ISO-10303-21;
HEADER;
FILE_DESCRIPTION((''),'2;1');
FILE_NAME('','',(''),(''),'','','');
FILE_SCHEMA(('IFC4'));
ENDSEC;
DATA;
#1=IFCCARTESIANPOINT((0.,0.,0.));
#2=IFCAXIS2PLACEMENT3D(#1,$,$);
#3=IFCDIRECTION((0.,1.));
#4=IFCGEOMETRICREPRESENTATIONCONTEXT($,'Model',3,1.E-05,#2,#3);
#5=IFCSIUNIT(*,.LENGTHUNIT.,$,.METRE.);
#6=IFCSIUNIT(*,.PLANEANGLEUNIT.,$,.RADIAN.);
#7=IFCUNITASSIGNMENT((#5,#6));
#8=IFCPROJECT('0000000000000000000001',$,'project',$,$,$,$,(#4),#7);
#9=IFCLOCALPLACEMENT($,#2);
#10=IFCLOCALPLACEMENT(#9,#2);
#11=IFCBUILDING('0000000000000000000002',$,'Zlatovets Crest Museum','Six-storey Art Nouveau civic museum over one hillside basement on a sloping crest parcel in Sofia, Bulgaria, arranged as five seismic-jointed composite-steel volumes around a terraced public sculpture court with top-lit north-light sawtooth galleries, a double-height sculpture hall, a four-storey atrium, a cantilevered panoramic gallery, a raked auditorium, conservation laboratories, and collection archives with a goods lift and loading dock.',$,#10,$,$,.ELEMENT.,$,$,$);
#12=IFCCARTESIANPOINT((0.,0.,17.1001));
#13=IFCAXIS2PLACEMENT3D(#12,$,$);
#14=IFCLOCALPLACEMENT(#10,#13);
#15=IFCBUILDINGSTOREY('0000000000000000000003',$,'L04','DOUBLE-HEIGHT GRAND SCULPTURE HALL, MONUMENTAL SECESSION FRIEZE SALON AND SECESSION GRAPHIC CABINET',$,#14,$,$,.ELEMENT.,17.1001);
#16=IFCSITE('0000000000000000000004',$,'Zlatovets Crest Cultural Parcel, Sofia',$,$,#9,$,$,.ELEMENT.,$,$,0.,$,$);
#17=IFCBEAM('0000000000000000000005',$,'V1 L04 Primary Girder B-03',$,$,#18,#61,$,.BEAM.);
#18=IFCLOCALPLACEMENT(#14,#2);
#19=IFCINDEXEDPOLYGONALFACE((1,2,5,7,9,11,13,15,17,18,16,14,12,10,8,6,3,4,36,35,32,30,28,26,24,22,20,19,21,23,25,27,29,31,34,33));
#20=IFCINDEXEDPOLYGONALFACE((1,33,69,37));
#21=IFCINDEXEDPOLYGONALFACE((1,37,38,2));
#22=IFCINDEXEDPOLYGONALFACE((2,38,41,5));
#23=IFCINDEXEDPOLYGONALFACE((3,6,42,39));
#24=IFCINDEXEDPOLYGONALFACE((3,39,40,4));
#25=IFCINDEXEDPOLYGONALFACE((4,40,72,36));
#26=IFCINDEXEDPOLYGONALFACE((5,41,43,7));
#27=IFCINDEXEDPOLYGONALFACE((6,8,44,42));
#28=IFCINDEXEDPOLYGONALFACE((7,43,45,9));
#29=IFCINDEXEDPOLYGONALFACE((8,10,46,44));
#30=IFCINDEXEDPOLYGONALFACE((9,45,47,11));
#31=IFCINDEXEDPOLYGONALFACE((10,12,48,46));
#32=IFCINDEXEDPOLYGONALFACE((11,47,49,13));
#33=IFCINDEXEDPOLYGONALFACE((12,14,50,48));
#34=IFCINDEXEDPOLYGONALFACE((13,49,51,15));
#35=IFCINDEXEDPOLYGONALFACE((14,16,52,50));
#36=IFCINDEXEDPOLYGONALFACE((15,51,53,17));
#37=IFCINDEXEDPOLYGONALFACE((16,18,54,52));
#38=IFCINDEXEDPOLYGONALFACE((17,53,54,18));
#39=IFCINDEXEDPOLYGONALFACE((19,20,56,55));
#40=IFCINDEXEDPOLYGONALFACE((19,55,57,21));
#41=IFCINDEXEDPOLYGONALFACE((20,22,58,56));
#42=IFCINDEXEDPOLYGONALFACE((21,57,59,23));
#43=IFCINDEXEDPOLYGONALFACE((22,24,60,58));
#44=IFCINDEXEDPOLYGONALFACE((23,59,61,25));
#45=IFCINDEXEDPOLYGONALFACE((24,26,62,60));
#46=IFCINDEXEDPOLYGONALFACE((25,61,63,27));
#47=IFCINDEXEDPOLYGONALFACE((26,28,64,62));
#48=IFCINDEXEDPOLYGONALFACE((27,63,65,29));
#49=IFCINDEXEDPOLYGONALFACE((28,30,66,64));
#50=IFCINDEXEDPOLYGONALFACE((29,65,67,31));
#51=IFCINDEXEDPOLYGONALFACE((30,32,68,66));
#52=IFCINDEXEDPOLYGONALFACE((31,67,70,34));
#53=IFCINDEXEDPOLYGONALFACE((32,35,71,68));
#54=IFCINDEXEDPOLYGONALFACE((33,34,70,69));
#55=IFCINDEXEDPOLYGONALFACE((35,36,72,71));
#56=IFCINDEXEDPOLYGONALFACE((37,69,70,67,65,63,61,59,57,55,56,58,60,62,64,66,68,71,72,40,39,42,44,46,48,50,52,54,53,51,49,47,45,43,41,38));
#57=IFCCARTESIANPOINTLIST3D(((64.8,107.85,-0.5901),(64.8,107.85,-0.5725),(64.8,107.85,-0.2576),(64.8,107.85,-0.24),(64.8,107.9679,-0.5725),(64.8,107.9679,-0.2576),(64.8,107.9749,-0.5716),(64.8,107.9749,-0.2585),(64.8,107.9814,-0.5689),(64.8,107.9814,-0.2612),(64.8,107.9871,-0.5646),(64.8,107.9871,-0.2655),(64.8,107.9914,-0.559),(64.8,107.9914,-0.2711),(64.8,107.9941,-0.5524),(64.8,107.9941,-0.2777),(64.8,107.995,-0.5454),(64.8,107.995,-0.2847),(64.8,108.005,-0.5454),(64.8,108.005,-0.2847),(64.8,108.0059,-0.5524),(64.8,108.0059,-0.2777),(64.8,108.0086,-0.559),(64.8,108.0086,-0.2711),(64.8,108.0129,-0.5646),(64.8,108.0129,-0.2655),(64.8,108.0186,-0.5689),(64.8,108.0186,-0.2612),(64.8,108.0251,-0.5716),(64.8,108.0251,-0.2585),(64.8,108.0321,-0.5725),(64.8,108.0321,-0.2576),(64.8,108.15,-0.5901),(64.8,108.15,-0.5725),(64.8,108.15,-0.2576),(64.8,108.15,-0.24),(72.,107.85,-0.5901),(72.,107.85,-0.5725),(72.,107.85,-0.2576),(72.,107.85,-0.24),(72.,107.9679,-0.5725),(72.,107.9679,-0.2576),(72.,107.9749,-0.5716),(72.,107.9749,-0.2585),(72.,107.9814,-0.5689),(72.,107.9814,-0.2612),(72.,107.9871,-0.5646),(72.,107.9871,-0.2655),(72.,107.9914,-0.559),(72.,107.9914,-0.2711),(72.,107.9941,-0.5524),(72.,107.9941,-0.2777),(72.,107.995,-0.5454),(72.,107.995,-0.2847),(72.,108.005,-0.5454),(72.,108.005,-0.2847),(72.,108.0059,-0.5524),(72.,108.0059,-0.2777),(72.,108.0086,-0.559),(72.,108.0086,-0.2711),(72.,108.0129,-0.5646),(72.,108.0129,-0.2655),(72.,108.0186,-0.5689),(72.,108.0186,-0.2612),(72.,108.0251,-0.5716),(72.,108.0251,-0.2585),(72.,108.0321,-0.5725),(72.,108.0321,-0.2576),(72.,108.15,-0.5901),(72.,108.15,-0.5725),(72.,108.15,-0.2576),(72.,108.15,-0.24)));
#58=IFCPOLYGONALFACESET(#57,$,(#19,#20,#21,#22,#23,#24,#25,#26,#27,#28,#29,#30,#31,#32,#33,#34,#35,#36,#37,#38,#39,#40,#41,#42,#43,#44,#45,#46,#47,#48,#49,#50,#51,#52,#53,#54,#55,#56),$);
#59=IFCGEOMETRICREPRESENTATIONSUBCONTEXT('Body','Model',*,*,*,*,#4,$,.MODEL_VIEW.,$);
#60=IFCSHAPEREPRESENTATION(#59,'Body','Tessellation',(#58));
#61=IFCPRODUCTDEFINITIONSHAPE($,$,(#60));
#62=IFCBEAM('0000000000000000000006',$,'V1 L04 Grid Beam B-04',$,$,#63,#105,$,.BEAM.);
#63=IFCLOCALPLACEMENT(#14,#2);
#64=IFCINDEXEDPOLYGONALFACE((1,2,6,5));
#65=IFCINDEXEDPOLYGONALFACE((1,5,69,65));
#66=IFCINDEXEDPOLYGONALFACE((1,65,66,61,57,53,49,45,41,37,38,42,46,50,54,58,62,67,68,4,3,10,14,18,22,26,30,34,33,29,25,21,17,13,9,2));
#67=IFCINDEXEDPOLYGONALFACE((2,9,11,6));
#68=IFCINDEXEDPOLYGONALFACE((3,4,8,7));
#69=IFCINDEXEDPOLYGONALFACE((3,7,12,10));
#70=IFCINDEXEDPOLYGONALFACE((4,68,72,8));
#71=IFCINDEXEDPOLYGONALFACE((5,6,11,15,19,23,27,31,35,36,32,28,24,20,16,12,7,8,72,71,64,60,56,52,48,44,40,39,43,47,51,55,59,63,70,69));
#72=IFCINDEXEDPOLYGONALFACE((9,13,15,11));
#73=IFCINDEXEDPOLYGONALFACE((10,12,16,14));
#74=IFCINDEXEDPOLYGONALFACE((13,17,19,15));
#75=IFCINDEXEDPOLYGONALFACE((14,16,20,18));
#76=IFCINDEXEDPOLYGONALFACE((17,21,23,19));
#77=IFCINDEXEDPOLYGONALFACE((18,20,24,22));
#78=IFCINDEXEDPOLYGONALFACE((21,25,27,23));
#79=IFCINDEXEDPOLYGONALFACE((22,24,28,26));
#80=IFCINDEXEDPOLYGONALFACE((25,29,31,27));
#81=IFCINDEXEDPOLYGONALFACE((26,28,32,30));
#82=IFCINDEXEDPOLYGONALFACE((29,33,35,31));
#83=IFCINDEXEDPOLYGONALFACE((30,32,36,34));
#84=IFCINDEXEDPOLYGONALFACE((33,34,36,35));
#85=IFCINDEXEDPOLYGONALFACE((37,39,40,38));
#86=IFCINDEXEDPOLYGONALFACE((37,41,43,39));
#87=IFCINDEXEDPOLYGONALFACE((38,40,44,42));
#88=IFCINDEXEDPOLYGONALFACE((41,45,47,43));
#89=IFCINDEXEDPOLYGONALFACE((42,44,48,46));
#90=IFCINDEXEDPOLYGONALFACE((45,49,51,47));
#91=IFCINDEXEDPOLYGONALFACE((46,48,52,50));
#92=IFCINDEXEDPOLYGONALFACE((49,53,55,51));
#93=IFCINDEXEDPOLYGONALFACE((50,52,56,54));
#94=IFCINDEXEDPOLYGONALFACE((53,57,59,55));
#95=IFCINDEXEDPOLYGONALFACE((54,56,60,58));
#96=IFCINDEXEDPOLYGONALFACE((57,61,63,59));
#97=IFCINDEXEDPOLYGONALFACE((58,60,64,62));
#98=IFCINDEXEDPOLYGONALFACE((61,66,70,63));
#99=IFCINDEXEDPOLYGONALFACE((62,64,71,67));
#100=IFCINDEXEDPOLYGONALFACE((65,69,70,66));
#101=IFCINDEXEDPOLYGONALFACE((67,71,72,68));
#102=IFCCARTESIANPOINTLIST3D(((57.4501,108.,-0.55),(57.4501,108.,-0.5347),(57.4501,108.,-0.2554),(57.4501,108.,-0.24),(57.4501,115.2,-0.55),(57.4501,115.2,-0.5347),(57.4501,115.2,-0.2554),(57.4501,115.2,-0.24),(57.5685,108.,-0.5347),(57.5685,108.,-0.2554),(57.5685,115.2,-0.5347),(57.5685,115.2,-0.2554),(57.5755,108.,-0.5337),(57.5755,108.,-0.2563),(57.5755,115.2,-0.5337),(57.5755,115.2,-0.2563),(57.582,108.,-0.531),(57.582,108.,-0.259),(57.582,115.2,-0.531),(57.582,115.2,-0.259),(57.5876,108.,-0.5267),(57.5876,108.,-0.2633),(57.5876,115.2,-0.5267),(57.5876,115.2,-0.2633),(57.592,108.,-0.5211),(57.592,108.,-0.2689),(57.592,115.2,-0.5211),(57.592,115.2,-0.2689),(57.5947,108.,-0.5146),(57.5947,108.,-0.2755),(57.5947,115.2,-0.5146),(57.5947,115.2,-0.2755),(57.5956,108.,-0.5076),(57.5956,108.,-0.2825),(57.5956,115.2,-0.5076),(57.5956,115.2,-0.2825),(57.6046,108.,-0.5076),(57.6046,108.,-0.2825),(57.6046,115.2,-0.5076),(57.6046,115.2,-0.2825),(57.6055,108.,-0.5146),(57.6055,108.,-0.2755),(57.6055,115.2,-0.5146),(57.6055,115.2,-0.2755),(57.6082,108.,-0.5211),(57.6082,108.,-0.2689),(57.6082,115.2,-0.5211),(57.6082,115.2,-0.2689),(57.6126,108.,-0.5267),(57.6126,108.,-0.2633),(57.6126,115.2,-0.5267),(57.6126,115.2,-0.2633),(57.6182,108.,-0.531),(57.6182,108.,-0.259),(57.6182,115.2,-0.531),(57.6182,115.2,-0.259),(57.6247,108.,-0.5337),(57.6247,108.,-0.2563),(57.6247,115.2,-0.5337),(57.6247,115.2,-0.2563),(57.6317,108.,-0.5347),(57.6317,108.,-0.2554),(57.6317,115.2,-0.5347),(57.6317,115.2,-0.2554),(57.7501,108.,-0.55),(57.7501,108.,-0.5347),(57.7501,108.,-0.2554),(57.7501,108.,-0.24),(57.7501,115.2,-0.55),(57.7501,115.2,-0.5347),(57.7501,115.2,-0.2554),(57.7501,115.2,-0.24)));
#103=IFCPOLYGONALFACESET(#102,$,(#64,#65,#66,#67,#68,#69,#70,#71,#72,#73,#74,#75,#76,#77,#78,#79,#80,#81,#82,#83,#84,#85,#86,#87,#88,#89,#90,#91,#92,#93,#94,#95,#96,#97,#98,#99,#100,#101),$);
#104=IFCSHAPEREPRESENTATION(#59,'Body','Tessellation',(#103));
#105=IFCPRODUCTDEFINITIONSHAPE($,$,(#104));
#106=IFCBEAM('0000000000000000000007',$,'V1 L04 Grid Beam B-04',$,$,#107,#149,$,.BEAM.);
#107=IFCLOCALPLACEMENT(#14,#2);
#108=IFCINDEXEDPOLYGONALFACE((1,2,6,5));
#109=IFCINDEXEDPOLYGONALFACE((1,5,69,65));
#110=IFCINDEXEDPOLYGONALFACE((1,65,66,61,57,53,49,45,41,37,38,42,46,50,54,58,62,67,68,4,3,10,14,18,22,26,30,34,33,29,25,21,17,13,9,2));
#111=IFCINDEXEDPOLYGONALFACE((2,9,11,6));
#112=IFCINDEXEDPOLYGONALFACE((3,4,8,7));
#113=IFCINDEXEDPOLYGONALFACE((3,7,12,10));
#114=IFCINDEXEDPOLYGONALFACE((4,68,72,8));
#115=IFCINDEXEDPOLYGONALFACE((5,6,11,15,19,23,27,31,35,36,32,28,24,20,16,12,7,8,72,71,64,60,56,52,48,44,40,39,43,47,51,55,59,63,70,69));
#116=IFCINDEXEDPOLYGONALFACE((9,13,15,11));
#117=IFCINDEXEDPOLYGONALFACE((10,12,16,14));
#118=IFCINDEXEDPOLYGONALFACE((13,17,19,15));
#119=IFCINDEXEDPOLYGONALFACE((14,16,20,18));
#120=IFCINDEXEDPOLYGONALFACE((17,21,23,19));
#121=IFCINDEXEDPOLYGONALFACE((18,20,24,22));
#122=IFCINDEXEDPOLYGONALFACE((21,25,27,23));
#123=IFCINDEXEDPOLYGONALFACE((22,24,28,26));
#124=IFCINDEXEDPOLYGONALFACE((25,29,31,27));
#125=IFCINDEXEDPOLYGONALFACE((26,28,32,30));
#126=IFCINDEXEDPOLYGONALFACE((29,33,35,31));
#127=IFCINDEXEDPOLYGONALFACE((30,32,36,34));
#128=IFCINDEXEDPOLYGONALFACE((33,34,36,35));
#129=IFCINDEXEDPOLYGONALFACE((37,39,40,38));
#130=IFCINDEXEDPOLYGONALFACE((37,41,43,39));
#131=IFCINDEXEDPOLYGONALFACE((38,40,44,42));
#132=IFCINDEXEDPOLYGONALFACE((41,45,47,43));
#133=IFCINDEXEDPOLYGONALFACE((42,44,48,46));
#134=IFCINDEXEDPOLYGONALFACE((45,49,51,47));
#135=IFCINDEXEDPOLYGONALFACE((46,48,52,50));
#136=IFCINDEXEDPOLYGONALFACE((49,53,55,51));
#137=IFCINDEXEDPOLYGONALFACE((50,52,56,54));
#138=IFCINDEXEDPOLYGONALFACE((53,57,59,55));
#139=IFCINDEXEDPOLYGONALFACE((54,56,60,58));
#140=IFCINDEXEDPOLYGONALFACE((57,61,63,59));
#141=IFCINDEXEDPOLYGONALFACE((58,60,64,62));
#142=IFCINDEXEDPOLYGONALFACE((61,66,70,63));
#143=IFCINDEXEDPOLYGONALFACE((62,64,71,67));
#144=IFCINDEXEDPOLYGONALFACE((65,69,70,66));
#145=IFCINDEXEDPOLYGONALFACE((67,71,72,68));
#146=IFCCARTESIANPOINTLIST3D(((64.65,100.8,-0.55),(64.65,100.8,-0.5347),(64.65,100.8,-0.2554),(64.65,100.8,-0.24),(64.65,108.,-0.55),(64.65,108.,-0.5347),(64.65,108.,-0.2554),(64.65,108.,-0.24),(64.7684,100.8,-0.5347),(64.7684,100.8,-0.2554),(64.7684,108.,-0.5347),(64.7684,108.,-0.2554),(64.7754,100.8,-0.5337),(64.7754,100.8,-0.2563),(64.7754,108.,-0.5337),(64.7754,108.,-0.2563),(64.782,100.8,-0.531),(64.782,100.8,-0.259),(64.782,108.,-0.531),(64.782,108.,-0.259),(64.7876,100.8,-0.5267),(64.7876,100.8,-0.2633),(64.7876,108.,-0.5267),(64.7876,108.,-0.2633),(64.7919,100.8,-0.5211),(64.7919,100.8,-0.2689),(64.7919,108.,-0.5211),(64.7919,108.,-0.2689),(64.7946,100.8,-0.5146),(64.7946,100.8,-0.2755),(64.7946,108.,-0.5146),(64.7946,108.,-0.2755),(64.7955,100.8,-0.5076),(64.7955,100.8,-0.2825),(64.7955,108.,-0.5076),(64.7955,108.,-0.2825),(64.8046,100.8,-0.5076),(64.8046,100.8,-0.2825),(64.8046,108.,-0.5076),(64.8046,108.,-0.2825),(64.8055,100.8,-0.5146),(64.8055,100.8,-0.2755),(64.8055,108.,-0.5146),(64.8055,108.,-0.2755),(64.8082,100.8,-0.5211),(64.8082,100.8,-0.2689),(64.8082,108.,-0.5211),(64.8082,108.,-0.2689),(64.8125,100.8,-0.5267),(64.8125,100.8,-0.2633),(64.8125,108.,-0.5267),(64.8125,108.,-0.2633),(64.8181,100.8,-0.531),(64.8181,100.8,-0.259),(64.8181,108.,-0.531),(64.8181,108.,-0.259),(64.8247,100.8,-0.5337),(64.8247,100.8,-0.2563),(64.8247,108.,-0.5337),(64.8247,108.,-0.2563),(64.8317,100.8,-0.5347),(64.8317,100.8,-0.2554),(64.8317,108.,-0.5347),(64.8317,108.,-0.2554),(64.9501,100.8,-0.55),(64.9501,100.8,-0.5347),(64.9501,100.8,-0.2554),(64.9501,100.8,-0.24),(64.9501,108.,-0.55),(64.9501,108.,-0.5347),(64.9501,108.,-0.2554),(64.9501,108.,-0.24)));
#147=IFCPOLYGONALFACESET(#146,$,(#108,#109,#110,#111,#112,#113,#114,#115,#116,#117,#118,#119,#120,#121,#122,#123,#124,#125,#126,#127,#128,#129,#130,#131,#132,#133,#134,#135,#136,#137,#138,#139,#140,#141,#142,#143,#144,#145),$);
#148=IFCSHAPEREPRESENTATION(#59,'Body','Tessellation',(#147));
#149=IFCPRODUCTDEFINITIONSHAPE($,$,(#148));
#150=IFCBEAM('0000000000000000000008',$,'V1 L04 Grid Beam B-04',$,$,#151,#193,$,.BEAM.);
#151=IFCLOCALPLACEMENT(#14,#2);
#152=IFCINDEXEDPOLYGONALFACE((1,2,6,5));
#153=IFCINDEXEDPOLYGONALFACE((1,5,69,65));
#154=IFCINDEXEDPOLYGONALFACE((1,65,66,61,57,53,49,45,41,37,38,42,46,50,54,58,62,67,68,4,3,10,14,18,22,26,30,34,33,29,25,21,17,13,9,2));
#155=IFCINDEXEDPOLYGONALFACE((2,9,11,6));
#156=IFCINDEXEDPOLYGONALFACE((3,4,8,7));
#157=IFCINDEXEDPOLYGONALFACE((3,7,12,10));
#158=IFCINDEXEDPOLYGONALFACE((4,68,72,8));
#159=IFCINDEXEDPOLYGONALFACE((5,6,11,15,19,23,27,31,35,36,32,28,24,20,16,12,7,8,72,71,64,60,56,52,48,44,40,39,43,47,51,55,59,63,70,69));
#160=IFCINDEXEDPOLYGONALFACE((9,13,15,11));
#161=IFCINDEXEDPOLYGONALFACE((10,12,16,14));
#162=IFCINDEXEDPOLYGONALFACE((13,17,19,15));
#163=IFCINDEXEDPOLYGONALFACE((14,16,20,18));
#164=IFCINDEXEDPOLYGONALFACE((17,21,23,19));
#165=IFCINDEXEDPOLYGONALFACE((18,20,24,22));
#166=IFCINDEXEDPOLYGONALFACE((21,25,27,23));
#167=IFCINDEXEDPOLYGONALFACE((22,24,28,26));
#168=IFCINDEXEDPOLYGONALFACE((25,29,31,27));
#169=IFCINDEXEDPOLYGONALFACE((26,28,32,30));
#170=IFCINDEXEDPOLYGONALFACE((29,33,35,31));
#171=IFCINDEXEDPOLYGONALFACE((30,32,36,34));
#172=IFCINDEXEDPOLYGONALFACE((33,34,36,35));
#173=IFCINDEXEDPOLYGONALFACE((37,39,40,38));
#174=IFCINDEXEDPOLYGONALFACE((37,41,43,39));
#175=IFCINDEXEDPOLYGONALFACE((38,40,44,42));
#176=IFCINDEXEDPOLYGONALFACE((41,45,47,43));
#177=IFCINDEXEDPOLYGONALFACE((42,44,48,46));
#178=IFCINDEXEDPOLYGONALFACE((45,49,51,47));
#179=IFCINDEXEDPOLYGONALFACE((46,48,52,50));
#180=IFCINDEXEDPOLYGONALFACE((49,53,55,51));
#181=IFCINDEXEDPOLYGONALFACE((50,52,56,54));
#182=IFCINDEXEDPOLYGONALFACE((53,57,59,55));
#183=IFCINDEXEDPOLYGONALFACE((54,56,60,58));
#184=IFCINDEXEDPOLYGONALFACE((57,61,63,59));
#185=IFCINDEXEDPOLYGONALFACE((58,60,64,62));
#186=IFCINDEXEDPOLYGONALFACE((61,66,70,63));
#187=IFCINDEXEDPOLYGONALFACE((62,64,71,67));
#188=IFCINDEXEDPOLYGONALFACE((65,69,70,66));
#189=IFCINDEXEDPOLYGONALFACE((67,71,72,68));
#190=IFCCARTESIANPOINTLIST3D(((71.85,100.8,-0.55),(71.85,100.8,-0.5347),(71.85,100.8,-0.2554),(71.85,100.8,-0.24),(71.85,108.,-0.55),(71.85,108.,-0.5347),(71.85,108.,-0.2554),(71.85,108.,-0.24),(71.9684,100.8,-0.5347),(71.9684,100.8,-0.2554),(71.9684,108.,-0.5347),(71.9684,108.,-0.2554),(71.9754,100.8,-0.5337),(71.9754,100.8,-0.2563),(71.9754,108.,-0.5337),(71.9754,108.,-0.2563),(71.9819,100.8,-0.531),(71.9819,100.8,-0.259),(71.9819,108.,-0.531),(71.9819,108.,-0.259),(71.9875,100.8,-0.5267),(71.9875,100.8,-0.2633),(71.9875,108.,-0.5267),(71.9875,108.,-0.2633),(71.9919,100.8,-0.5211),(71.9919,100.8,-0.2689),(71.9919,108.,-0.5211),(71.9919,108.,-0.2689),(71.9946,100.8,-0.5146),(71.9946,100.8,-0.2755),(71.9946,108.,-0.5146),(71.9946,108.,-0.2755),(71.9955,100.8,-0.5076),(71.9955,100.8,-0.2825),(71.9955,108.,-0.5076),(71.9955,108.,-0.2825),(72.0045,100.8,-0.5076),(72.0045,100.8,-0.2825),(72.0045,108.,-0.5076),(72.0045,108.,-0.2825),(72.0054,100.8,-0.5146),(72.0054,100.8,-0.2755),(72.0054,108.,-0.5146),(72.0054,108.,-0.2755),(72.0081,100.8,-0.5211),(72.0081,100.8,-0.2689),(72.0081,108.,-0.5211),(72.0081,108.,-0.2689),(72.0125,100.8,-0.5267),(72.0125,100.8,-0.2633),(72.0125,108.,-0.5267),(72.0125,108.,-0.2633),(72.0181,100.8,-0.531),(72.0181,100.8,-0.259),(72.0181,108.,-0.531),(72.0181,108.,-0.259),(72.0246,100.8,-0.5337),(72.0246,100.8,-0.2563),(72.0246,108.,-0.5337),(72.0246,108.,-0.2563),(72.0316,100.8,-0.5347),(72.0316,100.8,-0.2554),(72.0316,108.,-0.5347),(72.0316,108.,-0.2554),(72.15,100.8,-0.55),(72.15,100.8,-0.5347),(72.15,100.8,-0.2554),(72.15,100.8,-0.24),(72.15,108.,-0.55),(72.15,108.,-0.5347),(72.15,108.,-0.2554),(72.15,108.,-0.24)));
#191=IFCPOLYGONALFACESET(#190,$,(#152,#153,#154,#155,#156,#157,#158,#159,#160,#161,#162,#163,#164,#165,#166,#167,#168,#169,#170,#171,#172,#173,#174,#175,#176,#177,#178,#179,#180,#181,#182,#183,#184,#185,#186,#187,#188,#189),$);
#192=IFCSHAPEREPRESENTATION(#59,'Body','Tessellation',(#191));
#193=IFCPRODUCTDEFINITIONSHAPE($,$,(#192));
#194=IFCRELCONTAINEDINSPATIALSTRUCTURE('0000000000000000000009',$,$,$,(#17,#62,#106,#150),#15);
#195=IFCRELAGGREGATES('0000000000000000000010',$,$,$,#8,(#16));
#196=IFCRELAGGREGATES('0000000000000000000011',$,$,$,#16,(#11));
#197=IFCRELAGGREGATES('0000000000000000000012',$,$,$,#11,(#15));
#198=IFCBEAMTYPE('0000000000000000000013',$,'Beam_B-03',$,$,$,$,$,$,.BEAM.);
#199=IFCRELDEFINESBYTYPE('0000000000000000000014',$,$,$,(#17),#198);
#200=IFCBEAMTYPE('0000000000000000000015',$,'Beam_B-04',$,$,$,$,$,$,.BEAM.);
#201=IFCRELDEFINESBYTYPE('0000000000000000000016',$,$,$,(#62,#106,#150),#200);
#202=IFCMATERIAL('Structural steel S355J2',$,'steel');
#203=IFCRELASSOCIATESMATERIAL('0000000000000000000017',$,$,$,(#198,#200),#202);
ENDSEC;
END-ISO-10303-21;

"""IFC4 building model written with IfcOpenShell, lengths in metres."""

from ifc_helpers import new_model, si_unit, direction, frame, origin, origin_2d, place, context, subcontext, project, spatial, i_section, extrude, material, material_profile, profile_set, type_object, element, save


model = new_model("IFC4")

# Units and contexts
model_context = context("Model", 3, precision=1e-05, world=origin(), true_north=direction((0.0, 1.0)))
body_context = subcontext(model_context, "Body", "Model", "MODEL_VIEW")
ifc_project = project(units=[si_unit("LENGTHUNIT", "METRE"), si_unit("PLANEANGLEUNIT", "RADIAN")], contexts=[model_context])

# Site, building, storey
site_placement = place(None, origin())
site = spatial("IfcSite", under=ifc_project, at=site_placement, Name="Zlatovets Crest Cultural Parcel, Sofia", CompositionType="ELEMENT", RefElevation=0.0)
building_placement = place(site_placement, origin())
building = spatial("IfcBuilding", under=site, at=building_placement, Name="Zlatovets Crest Museum", Description="Six-storey Art Nouveau civic museum over one hillside basement on a sloping crest parcel in Sofia, Bulgaria, arranged as five seismic-jointed composite-steel volumes around a terraced public sculpture court with top-lit north-light sawtooth galleries, a double-height sculpture hall, a four-storey atrium, a cantilevered panoramic gallery, a raked auditorium, conservation laboratories, and collection archives with a goods lift and loading dock.", CompositionType="ELEMENT")
storey_placement = place(building_placement, frame((0.0, 0.0, 17.1001)))
storey = spatial("IfcBuildingStorey", under=building, at=storey_placement, Name="L04", Description="DOUBLE-HEIGHT GRAND SCULPTURE HALL, MONUMENTAL SECESSION FRIEZE SALON AND SECESSION GRAPHIC CABINET", CompositionType="ELEMENT", Elevation=17.1001)

# Shared definitions
ifc_material_1 = material(Name="Structural steel S355J2", Category="steel")

# Beams
ifc_material_profile_1 = material_profile(ifc_material_1, i_section(OverallWidth=0.3, OverallDepth=0.3501, WebThickness=0.01, FlangeThickness=0.0176, FilletRadius=0.0271, at=origin_2d()), Name="HEA 360")
ifc_profile_set_1 = profile_set([ifc_material_profile_1], Name="Structural steel S355J2")
beam_type_1 = type_object("IfcBeamType", Name="Beam_B-03", PredefinedType="BEAM", material=ifc_profile_set_1)
for number, where, z_axis, x_axis, name in (
    (1, (64.8, 108.0, -0.415), (1.0, 0.0, 0.0), (0.0, 1.0, 0.0), "V1 L04 Primary Girder B-03"),
):
    element("IfcBeam", number, at=place(storey_placement, frame(where, z_axis=z_axis, x_axis=x_axis)), inside=storey, type_object=beam_type_1, Name=name, PredefinedType="BEAM", context=body_context, shape_type="SweptSolid", body=[
        extrude(i_section(OverallWidth=0.3, OverallDepth=0.3501, WebThickness=0.01, FlangeThickness=0.0176, FilletRadius=0.0271, at=origin_2d()), origin(), (0.0, 0.0, 1.0), 7.2),
    ])
ifc_material_profile_2 = material_profile(ifc_material_1, i_section(OverallWidth=0.3, OverallDepth=0.3101, WebThickness=0.009, FlangeThickness=0.0154, FilletRadius=0.0271, at=origin_2d()), Name="HEA 320")
ifc_profile_set_2 = profile_set([ifc_material_profile_2], Name="Structural steel S355J2")
beam_type_2 = type_object("IfcBeamType", Name="Beam_B-04", PredefinedType="BEAM", material=ifc_profile_set_2)
for number, where, z_axis, x_axis, name in (
    (2, (57.6001, 108.0, -0.395), (0.0, 1.0, 0.0), (-1.0, 0.0, 0.0), "V1 L04 Grid Beam B-04"),
    (3, (64.8, 100.8, -0.395), (0.0, 1.0, 0.0), (-1.0, 0.0, 0.0), "V1 L04 Grid Beam B-04"),
    (4, (72.0, 100.8, -0.395), (0.0, 1.0, 0.0), (-1.0, 0.0, 0.0), "V1 L04 Grid Beam B-04"),
):
    element("IfcBeam", number, at=place(storey_placement, frame(where, z_axis=z_axis, x_axis=x_axis)), inside=storey, type_object=beam_type_2, Name=name, PredefinedType="BEAM", context=body_context, shape_type="SweptSolid", body=[
        extrude(i_section(OverallWidth=0.3, OverallDepth=0.3101, WebThickness=0.009, FlangeThickness=0.0154, FilletRadius=0.0271, at=origin_2d()), origin(), (0.0, 0.0, 1.0), 7.2),
    ])

save(model, "model.ifc")
